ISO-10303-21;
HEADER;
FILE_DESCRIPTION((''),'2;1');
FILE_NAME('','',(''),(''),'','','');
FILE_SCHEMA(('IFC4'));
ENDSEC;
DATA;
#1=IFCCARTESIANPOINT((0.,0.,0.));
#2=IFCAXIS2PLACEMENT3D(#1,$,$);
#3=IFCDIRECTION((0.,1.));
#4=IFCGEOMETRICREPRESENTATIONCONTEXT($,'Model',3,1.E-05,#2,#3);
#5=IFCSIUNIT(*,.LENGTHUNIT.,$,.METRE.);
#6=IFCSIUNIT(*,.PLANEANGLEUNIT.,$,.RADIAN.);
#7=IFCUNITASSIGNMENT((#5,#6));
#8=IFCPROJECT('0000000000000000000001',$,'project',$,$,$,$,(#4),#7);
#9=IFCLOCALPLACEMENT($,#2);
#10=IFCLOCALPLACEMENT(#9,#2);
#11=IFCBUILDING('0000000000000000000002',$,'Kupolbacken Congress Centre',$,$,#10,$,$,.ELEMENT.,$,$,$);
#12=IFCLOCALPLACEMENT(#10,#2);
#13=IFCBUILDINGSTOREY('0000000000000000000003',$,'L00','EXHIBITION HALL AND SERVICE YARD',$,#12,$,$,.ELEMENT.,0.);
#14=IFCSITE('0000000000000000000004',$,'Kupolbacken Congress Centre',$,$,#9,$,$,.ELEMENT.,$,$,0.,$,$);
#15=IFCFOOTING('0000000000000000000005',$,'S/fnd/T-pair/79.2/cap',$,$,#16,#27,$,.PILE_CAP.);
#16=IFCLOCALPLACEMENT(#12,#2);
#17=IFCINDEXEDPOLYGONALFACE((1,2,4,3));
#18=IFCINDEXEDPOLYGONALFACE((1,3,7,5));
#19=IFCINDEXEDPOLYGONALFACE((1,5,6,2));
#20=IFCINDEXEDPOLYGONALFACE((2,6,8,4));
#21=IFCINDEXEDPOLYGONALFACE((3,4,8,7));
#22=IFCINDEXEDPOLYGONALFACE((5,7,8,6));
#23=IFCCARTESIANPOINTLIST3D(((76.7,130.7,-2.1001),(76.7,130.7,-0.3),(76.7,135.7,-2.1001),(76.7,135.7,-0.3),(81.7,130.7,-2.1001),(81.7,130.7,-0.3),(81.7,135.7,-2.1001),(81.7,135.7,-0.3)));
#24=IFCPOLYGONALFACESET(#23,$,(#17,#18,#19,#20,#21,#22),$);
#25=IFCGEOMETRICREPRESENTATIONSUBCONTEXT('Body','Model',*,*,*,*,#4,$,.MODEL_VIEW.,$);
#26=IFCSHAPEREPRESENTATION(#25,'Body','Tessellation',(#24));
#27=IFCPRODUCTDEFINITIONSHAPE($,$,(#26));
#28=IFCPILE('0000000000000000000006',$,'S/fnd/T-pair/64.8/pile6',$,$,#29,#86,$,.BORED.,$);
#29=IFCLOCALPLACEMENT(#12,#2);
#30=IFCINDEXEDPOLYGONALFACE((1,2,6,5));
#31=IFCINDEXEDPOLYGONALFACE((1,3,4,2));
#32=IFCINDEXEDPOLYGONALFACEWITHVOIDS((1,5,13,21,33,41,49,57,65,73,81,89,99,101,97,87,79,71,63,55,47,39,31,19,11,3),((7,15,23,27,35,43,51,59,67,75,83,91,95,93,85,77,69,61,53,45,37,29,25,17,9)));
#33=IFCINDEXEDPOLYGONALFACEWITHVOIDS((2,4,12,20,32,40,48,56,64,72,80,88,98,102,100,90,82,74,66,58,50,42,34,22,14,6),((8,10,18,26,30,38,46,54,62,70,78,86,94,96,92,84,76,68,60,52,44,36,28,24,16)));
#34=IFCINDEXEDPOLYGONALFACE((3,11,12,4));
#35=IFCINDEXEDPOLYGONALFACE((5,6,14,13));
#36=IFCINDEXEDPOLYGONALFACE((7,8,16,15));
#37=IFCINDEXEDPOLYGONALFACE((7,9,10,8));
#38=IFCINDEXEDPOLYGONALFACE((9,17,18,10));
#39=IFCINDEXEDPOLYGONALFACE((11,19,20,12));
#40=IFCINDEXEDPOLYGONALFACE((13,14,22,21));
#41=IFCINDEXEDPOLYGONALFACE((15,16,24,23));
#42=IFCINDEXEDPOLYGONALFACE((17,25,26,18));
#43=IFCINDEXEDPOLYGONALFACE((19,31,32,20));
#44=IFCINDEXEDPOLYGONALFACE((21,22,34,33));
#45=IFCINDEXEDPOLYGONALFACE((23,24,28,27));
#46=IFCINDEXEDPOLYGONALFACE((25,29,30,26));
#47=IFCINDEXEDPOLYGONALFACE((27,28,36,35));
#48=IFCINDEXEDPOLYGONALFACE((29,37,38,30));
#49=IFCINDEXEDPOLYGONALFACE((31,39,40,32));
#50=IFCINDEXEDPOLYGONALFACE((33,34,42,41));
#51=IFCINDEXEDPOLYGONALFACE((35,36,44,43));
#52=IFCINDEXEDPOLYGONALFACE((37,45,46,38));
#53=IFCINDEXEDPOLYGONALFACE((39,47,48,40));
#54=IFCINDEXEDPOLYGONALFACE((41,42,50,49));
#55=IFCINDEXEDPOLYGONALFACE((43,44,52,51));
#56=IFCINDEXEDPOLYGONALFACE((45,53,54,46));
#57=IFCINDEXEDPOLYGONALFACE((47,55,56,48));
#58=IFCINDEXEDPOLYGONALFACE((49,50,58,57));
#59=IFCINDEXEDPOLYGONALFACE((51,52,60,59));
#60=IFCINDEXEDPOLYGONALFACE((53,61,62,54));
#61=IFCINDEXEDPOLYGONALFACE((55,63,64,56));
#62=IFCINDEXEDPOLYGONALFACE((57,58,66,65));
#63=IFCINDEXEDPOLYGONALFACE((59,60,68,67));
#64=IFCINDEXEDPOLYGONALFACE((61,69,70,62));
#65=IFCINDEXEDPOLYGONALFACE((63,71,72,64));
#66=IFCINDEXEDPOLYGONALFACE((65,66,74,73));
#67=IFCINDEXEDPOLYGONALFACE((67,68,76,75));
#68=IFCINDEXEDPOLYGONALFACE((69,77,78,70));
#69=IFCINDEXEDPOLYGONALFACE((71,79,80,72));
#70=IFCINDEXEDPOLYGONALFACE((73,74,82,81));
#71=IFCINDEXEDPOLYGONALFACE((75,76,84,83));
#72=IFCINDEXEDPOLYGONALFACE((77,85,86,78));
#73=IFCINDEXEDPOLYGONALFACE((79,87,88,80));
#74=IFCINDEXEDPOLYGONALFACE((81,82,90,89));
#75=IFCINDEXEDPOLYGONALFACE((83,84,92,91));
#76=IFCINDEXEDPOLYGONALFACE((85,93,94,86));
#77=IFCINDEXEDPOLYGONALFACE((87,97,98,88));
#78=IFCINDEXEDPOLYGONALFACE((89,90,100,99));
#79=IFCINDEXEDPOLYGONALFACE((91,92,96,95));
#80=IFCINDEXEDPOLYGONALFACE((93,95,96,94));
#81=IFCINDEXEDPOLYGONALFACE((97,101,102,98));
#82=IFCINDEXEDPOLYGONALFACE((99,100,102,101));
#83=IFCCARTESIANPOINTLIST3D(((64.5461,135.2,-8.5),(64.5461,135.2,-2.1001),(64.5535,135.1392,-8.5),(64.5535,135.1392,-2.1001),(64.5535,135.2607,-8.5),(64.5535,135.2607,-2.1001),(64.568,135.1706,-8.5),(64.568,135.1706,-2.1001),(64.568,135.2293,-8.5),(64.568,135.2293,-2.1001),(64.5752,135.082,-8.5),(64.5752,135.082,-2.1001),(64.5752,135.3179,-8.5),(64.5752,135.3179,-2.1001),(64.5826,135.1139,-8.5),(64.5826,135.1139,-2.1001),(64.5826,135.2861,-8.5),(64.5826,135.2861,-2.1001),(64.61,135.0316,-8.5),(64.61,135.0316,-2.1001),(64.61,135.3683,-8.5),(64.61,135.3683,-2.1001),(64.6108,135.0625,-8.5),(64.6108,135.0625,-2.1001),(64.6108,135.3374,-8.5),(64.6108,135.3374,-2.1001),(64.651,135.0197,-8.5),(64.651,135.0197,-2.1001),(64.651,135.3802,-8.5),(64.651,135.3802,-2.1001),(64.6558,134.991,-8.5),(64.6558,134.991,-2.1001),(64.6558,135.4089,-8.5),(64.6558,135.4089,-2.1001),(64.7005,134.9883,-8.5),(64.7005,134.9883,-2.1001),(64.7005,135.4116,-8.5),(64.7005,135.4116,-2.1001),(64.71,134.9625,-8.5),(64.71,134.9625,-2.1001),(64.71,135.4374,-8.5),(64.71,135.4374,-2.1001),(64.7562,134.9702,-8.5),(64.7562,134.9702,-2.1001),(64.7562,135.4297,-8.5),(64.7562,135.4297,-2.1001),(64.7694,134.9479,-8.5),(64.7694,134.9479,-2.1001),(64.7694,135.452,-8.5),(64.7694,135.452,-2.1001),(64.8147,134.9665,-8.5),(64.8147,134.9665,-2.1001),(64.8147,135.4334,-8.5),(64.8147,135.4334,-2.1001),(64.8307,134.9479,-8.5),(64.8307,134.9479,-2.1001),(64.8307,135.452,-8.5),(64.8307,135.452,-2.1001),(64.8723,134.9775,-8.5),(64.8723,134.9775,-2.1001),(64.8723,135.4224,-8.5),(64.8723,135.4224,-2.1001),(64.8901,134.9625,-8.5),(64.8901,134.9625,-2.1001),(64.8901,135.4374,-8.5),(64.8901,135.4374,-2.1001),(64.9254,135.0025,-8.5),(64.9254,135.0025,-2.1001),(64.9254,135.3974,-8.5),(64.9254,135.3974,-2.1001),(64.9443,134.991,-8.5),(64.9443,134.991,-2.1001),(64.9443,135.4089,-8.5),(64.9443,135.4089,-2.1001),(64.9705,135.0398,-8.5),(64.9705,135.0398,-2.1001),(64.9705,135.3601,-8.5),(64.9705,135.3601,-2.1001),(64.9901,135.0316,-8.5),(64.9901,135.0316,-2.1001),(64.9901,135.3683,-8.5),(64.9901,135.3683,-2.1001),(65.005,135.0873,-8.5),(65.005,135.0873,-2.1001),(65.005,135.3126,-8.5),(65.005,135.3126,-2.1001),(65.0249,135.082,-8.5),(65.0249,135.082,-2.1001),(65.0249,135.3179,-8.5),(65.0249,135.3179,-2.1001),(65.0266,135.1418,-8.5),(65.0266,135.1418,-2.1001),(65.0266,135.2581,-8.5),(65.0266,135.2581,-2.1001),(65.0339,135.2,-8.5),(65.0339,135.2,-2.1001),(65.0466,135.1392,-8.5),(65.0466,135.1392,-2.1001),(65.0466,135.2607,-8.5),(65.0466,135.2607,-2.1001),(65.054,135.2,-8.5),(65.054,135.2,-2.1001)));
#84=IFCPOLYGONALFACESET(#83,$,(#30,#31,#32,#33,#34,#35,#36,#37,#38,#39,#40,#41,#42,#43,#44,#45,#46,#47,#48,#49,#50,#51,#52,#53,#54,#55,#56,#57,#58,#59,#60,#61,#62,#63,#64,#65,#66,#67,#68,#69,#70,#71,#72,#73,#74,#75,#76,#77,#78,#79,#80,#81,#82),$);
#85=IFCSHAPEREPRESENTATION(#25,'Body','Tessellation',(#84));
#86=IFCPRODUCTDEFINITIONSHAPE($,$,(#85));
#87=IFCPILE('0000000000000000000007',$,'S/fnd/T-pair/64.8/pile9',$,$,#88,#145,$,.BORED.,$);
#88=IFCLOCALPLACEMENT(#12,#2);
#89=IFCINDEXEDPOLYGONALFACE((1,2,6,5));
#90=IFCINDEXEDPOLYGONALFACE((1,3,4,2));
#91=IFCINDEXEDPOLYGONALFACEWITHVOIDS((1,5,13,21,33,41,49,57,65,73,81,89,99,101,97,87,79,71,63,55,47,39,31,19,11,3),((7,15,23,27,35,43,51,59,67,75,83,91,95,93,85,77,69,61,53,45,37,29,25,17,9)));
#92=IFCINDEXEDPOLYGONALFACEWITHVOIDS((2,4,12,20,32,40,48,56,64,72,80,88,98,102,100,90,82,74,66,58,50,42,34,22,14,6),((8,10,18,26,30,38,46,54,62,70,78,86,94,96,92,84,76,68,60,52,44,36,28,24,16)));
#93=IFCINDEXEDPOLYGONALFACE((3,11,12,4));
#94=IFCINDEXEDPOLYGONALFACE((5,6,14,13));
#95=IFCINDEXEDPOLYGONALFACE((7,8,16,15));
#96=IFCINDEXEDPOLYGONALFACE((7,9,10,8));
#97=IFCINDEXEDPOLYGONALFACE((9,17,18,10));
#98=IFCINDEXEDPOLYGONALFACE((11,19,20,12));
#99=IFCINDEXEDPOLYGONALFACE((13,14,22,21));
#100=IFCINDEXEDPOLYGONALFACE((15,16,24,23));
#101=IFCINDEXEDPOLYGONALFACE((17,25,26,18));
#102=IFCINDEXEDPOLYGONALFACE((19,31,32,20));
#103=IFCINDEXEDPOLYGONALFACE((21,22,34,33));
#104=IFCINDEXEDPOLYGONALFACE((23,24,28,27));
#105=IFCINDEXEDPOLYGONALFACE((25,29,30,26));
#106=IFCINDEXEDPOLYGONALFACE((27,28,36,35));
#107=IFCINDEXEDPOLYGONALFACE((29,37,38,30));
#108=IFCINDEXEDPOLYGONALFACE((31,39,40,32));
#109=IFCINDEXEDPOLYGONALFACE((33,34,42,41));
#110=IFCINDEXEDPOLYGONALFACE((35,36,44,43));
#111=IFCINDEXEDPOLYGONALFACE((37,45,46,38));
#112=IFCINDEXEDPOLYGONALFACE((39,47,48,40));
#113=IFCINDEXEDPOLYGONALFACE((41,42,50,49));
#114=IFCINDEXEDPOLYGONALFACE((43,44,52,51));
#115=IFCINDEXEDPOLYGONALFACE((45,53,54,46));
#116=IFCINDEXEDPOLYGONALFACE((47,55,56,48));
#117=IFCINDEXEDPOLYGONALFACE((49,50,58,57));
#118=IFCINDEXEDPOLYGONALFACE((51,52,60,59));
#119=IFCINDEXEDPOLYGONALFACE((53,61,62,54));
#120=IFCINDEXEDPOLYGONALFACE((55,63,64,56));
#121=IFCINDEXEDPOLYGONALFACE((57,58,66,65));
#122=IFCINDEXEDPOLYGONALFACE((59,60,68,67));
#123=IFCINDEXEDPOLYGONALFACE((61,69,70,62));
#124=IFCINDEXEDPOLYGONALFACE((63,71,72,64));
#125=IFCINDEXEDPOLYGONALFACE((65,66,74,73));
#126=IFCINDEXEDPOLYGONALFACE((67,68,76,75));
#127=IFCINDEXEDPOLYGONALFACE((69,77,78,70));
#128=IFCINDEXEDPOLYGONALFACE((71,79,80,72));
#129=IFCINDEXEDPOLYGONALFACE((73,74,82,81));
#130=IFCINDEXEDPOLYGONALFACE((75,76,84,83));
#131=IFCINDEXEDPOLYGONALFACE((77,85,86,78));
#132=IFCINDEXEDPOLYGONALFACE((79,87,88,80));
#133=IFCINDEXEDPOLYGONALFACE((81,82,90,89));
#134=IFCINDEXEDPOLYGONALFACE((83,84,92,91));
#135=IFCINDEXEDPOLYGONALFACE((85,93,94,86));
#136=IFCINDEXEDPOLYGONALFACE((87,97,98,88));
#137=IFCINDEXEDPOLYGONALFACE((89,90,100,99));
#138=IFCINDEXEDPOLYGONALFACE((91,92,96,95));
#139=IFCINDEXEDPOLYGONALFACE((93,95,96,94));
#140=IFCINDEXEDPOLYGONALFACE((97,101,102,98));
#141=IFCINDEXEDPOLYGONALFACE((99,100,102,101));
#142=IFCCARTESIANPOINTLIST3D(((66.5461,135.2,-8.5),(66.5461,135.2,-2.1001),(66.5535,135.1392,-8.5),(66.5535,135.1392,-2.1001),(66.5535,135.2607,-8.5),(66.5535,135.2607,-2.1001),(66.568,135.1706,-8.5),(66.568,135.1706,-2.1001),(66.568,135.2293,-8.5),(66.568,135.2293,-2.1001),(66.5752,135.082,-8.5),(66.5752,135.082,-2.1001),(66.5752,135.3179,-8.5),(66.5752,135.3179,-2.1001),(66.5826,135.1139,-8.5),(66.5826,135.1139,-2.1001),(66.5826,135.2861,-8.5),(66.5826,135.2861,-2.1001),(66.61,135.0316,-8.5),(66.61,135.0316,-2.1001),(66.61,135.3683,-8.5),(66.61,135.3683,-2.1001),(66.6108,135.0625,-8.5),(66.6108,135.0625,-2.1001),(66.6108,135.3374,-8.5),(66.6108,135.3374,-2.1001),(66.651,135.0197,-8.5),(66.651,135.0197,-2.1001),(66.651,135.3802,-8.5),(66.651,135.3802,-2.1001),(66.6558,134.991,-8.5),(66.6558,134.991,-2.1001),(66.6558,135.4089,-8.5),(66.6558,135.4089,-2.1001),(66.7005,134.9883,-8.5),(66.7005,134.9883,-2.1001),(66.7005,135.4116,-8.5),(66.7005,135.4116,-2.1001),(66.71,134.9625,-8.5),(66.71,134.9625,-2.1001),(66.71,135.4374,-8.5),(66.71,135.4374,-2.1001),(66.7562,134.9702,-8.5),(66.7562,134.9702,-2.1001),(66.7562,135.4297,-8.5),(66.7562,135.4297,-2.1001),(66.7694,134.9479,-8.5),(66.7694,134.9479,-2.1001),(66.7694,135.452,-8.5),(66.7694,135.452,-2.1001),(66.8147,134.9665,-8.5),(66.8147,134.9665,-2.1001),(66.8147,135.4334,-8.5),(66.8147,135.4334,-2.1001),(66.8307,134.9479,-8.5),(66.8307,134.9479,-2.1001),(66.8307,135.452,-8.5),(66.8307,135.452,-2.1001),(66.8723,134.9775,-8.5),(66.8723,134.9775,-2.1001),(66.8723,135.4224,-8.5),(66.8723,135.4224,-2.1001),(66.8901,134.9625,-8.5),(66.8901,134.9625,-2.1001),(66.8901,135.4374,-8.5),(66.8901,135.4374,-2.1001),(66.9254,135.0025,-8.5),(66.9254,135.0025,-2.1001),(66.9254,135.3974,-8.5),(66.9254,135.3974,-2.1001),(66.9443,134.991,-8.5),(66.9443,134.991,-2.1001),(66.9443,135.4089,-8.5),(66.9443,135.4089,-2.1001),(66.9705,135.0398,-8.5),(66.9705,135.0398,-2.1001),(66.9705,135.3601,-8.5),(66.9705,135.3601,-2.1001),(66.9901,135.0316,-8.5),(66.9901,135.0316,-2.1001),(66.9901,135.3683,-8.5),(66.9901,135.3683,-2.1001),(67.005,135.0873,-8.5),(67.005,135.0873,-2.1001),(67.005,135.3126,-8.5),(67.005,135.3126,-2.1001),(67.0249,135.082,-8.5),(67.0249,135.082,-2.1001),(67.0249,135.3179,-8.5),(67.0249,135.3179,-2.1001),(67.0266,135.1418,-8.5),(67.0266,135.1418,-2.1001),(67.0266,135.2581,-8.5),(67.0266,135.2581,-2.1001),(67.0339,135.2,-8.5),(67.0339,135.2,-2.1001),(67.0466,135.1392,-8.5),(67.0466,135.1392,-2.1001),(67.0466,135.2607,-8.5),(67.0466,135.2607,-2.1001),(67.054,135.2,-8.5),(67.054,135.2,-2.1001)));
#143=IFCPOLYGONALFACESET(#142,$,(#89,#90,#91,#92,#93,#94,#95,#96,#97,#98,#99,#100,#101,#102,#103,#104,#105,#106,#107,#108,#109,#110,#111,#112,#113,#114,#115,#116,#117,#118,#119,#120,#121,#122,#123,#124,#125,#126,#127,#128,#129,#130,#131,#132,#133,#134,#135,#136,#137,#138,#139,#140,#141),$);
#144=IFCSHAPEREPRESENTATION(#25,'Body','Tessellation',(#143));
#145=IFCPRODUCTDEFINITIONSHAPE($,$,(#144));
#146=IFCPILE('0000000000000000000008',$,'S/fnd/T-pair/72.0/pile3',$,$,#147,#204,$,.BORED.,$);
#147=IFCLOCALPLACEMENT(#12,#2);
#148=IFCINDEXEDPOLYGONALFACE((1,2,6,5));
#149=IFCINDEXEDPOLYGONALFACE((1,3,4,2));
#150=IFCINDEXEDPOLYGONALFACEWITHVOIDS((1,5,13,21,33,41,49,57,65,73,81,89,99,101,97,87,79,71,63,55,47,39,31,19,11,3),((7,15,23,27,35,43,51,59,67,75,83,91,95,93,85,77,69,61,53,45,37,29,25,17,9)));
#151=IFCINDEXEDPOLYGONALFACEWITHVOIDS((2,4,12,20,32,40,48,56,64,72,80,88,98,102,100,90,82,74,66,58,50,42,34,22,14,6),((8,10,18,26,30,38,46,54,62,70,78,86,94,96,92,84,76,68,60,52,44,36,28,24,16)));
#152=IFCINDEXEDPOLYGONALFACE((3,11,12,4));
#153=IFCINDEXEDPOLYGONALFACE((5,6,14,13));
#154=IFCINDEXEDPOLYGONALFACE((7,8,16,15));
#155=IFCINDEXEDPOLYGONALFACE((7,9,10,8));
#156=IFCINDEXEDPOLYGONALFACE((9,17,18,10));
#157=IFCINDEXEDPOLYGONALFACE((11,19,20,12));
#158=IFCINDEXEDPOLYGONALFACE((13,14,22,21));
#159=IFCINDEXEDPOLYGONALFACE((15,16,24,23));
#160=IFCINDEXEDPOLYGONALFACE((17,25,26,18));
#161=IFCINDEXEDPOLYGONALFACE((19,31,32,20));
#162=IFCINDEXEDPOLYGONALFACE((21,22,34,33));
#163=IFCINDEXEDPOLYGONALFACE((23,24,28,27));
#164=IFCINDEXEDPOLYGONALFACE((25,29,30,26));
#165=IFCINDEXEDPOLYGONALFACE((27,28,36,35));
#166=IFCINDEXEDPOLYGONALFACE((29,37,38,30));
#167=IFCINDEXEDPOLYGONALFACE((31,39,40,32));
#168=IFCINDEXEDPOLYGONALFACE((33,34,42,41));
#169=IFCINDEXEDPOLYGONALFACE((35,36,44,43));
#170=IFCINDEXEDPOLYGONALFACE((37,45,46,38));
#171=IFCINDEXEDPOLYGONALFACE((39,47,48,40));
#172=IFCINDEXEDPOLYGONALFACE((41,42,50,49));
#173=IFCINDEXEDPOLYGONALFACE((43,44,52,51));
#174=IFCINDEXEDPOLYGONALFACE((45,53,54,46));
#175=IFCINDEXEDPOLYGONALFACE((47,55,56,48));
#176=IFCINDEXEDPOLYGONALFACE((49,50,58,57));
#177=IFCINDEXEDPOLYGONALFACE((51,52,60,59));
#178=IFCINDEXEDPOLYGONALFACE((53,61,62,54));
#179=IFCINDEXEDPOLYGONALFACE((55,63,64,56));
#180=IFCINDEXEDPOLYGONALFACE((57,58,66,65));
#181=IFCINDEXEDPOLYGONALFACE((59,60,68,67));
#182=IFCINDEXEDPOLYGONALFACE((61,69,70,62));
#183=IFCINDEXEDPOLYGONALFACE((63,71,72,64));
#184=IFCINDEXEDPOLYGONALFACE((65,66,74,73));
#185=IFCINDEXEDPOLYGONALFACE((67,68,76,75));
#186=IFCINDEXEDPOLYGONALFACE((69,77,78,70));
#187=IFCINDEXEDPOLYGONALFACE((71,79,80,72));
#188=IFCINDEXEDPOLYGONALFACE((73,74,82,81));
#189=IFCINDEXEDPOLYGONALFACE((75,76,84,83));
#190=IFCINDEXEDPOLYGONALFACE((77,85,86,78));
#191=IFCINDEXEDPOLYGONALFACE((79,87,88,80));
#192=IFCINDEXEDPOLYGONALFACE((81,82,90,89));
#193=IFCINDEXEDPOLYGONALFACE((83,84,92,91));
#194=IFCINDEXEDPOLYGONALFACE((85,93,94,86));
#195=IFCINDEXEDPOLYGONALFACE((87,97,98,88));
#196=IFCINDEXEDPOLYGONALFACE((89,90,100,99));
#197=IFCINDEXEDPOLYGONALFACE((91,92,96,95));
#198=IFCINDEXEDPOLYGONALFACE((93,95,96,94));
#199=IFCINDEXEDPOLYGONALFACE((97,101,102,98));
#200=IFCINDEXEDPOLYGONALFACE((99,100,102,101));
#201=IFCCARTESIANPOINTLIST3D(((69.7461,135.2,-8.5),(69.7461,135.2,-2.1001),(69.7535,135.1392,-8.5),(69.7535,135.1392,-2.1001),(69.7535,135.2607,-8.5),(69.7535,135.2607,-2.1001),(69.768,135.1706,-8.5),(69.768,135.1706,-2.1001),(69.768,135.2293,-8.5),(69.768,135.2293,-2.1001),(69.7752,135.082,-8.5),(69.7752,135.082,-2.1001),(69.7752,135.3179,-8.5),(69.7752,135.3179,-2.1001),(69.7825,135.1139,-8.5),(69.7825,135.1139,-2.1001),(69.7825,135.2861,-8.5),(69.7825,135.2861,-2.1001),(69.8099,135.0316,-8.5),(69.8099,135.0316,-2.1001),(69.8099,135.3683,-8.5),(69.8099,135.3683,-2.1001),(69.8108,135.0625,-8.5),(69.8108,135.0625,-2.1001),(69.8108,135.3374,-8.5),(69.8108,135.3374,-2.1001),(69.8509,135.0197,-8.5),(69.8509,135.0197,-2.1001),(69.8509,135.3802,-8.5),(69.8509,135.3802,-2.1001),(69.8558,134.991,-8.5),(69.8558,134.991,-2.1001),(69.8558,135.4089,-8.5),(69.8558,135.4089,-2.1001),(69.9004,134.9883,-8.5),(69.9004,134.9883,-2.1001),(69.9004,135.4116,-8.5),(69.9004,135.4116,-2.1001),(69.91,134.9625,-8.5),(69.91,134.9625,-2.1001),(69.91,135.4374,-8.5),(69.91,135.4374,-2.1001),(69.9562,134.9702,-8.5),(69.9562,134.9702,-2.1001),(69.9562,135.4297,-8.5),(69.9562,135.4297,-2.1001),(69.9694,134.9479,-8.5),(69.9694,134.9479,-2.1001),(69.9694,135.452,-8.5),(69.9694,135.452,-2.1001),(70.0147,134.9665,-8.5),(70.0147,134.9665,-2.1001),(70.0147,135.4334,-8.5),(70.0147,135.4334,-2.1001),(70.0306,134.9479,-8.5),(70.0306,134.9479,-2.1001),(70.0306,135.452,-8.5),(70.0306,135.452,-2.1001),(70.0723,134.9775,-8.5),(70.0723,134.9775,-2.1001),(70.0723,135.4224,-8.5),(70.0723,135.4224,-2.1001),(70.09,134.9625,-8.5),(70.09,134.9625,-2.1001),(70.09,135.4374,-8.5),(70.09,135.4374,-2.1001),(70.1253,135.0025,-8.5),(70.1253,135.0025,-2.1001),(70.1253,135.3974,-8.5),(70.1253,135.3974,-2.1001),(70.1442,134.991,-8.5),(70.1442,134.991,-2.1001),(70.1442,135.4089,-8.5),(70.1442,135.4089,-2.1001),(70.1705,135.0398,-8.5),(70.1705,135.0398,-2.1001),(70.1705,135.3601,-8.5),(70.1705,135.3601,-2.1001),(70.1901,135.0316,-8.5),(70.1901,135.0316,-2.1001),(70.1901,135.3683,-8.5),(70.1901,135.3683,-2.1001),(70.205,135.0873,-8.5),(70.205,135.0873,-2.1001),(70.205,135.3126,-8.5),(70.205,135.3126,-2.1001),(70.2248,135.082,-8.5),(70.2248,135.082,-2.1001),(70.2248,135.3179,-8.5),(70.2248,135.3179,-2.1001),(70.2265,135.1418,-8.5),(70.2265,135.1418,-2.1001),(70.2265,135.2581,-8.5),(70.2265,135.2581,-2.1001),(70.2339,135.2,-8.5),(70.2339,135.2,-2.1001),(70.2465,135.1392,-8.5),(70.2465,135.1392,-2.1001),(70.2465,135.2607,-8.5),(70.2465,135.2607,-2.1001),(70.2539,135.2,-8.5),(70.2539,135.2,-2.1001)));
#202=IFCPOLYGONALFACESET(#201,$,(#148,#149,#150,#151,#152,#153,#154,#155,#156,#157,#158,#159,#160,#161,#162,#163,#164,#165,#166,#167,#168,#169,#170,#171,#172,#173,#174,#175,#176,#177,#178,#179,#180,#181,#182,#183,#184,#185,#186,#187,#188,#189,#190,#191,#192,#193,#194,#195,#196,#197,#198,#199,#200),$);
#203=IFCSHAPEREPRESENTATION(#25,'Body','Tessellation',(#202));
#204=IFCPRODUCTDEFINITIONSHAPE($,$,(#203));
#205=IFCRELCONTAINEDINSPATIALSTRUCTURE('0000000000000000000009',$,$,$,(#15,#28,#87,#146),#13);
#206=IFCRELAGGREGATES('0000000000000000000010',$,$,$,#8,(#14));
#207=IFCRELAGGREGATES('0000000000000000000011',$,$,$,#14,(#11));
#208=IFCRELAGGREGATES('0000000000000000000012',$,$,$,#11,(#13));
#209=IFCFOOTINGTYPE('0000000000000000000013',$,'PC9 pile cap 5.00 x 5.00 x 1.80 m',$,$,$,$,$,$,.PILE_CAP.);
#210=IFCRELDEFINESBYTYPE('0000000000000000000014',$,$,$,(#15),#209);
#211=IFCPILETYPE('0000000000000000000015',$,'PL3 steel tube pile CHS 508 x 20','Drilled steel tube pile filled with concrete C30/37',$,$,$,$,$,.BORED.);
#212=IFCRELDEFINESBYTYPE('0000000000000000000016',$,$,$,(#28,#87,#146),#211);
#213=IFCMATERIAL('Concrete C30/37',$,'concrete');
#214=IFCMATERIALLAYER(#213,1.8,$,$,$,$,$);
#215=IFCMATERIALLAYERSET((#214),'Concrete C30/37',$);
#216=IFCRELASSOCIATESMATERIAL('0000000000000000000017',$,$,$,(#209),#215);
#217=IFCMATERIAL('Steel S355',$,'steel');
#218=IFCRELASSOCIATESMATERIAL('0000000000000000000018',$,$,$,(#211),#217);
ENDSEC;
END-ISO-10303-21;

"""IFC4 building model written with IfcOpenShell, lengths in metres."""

from ifc_helpers import new_model, si_unit, direction, frame, origin, origin_2d, place, context, subcontext, project, spatial, rectangle, hollow_circle, extrude, material, layer, layer_set, material_profile, profile_set, type_object, element, save


model = new_model("IFC4")

# Units and contexts
model_context = context("Model", 3, precision=1e-05, world=origin(), true_north=direction((0.0, 1.0)))
body_context = subcontext(model_context, "Body", "Model", "MODEL_VIEW")
ifc_project = project(units=[si_unit("LENGTHUNIT", "METRE"), si_unit("PLANEANGLEUNIT", "RADIAN")], contexts=[model_context])

# Site, building, storey
site_placement = place(None, origin())
site = spatial("IfcSite", under=ifc_project, at=site_placement, Name="Kupolbacken Congress Centre", CompositionType="ELEMENT", RefElevation=0.0)
building_placement = place(site_placement, origin())
building = spatial("IfcBuilding", under=site, at=building_placement, Name="Kupolbacken Congress Centre", CompositionType="ELEMENT")
storey_placement = place(building_placement, origin())
storey = spatial("IfcBuildingStorey", under=building, at=storey_placement, Name="L00", Description="EXHIBITION HALL AND SERVICE YARD", CompositionType="ELEMENT", Elevation=0.0)

# Footing
ifc_material_1 = material(Name="Concrete C30/37", Category="concrete")
ifc_layer_1 = layer(ifc_material_1, 1.8)
ifc_layer_set_1 = layer_set([ifc_layer_1], Name="Concrete C30/37")
footing_type_1 = type_object("IfcFootingType", Name="PC9 pile cap 5.00 x 5.00 x 1.80 m", PredefinedType="PILE_CAP", material=ifc_layer_set_1)
footing_1_placement = place(storey_placement, frame((79.2, 133.2, -2.1001), z_axis=(0.0, 0.0, 1.0), x_axis=(1.0, 0.0, 0.0)))
element("IfcFooting", 1, at=footing_1_placement, inside=storey, type_object=footing_type_1, Name="S/fnd/T-pair/79.2/cap", PredefinedType="PILE_CAP", context=body_context, shape_type="SweptSolid", body=[
    extrude(rectangle(XDim=5.0, YDim=5.0, at=origin_2d()), origin(), (0.0, 0.0, 1.0), 1.8),
])

# Piles
ifc_material_2 = material(Name="Steel S355", Category="steel")
ifc_material_profile_1 = material_profile(ifc_material_2, hollow_circle(Radius=0.2539, WallThickness=0.02, at=origin_2d()), Name="CHS 508 x 20")
ifc_profile_set_1 = profile_set([ifc_material_profile_1], Name="Steel S355")
pile_type = type_object("IfcPileType", Name="PL3 steel tube pile CHS 508 x 20", Description="Drilled steel tube pile filled with concrete C30/37", PredefinedType="BORED", material=ifc_profile_set_1)
for number, where, z_axis, x_axis, name in (
    (2, (64.8, 135.2, -2.1001), (0.0, 0.0, -1.0), (1.0, 0.0, 0.0), "S/fnd/T-pair/64.8/pile6"),
    (3, (66.8, 135.2, -2.1001), (0.0, 0.0, -1.0), (1.0, 0.0, 0.0), "S/fnd/T-pair/64.8/pile9"),
    (4, (70.0, 135.2, -2.1001), (0.0, 0.0, -1.0), (1.0, 0.0, 0.0), "S/fnd/T-pair/72.0/pile3"),
):
    element("IfcPile", number, at=place(storey_placement, frame(where, z_axis=z_axis, x_axis=x_axis)), inside=storey, type_object=pile_type, Name=name, PredefinedType="BORED", context=body_context, shape_type="SweptSolid", body=[
        extrude(hollow_circle(Radius=0.2539, WallThickness=0.02, at=origin_2d()), origin(), (0.0, 0.0, 1.0), 6.3999),
    ])

save(model, "model.ifc")
